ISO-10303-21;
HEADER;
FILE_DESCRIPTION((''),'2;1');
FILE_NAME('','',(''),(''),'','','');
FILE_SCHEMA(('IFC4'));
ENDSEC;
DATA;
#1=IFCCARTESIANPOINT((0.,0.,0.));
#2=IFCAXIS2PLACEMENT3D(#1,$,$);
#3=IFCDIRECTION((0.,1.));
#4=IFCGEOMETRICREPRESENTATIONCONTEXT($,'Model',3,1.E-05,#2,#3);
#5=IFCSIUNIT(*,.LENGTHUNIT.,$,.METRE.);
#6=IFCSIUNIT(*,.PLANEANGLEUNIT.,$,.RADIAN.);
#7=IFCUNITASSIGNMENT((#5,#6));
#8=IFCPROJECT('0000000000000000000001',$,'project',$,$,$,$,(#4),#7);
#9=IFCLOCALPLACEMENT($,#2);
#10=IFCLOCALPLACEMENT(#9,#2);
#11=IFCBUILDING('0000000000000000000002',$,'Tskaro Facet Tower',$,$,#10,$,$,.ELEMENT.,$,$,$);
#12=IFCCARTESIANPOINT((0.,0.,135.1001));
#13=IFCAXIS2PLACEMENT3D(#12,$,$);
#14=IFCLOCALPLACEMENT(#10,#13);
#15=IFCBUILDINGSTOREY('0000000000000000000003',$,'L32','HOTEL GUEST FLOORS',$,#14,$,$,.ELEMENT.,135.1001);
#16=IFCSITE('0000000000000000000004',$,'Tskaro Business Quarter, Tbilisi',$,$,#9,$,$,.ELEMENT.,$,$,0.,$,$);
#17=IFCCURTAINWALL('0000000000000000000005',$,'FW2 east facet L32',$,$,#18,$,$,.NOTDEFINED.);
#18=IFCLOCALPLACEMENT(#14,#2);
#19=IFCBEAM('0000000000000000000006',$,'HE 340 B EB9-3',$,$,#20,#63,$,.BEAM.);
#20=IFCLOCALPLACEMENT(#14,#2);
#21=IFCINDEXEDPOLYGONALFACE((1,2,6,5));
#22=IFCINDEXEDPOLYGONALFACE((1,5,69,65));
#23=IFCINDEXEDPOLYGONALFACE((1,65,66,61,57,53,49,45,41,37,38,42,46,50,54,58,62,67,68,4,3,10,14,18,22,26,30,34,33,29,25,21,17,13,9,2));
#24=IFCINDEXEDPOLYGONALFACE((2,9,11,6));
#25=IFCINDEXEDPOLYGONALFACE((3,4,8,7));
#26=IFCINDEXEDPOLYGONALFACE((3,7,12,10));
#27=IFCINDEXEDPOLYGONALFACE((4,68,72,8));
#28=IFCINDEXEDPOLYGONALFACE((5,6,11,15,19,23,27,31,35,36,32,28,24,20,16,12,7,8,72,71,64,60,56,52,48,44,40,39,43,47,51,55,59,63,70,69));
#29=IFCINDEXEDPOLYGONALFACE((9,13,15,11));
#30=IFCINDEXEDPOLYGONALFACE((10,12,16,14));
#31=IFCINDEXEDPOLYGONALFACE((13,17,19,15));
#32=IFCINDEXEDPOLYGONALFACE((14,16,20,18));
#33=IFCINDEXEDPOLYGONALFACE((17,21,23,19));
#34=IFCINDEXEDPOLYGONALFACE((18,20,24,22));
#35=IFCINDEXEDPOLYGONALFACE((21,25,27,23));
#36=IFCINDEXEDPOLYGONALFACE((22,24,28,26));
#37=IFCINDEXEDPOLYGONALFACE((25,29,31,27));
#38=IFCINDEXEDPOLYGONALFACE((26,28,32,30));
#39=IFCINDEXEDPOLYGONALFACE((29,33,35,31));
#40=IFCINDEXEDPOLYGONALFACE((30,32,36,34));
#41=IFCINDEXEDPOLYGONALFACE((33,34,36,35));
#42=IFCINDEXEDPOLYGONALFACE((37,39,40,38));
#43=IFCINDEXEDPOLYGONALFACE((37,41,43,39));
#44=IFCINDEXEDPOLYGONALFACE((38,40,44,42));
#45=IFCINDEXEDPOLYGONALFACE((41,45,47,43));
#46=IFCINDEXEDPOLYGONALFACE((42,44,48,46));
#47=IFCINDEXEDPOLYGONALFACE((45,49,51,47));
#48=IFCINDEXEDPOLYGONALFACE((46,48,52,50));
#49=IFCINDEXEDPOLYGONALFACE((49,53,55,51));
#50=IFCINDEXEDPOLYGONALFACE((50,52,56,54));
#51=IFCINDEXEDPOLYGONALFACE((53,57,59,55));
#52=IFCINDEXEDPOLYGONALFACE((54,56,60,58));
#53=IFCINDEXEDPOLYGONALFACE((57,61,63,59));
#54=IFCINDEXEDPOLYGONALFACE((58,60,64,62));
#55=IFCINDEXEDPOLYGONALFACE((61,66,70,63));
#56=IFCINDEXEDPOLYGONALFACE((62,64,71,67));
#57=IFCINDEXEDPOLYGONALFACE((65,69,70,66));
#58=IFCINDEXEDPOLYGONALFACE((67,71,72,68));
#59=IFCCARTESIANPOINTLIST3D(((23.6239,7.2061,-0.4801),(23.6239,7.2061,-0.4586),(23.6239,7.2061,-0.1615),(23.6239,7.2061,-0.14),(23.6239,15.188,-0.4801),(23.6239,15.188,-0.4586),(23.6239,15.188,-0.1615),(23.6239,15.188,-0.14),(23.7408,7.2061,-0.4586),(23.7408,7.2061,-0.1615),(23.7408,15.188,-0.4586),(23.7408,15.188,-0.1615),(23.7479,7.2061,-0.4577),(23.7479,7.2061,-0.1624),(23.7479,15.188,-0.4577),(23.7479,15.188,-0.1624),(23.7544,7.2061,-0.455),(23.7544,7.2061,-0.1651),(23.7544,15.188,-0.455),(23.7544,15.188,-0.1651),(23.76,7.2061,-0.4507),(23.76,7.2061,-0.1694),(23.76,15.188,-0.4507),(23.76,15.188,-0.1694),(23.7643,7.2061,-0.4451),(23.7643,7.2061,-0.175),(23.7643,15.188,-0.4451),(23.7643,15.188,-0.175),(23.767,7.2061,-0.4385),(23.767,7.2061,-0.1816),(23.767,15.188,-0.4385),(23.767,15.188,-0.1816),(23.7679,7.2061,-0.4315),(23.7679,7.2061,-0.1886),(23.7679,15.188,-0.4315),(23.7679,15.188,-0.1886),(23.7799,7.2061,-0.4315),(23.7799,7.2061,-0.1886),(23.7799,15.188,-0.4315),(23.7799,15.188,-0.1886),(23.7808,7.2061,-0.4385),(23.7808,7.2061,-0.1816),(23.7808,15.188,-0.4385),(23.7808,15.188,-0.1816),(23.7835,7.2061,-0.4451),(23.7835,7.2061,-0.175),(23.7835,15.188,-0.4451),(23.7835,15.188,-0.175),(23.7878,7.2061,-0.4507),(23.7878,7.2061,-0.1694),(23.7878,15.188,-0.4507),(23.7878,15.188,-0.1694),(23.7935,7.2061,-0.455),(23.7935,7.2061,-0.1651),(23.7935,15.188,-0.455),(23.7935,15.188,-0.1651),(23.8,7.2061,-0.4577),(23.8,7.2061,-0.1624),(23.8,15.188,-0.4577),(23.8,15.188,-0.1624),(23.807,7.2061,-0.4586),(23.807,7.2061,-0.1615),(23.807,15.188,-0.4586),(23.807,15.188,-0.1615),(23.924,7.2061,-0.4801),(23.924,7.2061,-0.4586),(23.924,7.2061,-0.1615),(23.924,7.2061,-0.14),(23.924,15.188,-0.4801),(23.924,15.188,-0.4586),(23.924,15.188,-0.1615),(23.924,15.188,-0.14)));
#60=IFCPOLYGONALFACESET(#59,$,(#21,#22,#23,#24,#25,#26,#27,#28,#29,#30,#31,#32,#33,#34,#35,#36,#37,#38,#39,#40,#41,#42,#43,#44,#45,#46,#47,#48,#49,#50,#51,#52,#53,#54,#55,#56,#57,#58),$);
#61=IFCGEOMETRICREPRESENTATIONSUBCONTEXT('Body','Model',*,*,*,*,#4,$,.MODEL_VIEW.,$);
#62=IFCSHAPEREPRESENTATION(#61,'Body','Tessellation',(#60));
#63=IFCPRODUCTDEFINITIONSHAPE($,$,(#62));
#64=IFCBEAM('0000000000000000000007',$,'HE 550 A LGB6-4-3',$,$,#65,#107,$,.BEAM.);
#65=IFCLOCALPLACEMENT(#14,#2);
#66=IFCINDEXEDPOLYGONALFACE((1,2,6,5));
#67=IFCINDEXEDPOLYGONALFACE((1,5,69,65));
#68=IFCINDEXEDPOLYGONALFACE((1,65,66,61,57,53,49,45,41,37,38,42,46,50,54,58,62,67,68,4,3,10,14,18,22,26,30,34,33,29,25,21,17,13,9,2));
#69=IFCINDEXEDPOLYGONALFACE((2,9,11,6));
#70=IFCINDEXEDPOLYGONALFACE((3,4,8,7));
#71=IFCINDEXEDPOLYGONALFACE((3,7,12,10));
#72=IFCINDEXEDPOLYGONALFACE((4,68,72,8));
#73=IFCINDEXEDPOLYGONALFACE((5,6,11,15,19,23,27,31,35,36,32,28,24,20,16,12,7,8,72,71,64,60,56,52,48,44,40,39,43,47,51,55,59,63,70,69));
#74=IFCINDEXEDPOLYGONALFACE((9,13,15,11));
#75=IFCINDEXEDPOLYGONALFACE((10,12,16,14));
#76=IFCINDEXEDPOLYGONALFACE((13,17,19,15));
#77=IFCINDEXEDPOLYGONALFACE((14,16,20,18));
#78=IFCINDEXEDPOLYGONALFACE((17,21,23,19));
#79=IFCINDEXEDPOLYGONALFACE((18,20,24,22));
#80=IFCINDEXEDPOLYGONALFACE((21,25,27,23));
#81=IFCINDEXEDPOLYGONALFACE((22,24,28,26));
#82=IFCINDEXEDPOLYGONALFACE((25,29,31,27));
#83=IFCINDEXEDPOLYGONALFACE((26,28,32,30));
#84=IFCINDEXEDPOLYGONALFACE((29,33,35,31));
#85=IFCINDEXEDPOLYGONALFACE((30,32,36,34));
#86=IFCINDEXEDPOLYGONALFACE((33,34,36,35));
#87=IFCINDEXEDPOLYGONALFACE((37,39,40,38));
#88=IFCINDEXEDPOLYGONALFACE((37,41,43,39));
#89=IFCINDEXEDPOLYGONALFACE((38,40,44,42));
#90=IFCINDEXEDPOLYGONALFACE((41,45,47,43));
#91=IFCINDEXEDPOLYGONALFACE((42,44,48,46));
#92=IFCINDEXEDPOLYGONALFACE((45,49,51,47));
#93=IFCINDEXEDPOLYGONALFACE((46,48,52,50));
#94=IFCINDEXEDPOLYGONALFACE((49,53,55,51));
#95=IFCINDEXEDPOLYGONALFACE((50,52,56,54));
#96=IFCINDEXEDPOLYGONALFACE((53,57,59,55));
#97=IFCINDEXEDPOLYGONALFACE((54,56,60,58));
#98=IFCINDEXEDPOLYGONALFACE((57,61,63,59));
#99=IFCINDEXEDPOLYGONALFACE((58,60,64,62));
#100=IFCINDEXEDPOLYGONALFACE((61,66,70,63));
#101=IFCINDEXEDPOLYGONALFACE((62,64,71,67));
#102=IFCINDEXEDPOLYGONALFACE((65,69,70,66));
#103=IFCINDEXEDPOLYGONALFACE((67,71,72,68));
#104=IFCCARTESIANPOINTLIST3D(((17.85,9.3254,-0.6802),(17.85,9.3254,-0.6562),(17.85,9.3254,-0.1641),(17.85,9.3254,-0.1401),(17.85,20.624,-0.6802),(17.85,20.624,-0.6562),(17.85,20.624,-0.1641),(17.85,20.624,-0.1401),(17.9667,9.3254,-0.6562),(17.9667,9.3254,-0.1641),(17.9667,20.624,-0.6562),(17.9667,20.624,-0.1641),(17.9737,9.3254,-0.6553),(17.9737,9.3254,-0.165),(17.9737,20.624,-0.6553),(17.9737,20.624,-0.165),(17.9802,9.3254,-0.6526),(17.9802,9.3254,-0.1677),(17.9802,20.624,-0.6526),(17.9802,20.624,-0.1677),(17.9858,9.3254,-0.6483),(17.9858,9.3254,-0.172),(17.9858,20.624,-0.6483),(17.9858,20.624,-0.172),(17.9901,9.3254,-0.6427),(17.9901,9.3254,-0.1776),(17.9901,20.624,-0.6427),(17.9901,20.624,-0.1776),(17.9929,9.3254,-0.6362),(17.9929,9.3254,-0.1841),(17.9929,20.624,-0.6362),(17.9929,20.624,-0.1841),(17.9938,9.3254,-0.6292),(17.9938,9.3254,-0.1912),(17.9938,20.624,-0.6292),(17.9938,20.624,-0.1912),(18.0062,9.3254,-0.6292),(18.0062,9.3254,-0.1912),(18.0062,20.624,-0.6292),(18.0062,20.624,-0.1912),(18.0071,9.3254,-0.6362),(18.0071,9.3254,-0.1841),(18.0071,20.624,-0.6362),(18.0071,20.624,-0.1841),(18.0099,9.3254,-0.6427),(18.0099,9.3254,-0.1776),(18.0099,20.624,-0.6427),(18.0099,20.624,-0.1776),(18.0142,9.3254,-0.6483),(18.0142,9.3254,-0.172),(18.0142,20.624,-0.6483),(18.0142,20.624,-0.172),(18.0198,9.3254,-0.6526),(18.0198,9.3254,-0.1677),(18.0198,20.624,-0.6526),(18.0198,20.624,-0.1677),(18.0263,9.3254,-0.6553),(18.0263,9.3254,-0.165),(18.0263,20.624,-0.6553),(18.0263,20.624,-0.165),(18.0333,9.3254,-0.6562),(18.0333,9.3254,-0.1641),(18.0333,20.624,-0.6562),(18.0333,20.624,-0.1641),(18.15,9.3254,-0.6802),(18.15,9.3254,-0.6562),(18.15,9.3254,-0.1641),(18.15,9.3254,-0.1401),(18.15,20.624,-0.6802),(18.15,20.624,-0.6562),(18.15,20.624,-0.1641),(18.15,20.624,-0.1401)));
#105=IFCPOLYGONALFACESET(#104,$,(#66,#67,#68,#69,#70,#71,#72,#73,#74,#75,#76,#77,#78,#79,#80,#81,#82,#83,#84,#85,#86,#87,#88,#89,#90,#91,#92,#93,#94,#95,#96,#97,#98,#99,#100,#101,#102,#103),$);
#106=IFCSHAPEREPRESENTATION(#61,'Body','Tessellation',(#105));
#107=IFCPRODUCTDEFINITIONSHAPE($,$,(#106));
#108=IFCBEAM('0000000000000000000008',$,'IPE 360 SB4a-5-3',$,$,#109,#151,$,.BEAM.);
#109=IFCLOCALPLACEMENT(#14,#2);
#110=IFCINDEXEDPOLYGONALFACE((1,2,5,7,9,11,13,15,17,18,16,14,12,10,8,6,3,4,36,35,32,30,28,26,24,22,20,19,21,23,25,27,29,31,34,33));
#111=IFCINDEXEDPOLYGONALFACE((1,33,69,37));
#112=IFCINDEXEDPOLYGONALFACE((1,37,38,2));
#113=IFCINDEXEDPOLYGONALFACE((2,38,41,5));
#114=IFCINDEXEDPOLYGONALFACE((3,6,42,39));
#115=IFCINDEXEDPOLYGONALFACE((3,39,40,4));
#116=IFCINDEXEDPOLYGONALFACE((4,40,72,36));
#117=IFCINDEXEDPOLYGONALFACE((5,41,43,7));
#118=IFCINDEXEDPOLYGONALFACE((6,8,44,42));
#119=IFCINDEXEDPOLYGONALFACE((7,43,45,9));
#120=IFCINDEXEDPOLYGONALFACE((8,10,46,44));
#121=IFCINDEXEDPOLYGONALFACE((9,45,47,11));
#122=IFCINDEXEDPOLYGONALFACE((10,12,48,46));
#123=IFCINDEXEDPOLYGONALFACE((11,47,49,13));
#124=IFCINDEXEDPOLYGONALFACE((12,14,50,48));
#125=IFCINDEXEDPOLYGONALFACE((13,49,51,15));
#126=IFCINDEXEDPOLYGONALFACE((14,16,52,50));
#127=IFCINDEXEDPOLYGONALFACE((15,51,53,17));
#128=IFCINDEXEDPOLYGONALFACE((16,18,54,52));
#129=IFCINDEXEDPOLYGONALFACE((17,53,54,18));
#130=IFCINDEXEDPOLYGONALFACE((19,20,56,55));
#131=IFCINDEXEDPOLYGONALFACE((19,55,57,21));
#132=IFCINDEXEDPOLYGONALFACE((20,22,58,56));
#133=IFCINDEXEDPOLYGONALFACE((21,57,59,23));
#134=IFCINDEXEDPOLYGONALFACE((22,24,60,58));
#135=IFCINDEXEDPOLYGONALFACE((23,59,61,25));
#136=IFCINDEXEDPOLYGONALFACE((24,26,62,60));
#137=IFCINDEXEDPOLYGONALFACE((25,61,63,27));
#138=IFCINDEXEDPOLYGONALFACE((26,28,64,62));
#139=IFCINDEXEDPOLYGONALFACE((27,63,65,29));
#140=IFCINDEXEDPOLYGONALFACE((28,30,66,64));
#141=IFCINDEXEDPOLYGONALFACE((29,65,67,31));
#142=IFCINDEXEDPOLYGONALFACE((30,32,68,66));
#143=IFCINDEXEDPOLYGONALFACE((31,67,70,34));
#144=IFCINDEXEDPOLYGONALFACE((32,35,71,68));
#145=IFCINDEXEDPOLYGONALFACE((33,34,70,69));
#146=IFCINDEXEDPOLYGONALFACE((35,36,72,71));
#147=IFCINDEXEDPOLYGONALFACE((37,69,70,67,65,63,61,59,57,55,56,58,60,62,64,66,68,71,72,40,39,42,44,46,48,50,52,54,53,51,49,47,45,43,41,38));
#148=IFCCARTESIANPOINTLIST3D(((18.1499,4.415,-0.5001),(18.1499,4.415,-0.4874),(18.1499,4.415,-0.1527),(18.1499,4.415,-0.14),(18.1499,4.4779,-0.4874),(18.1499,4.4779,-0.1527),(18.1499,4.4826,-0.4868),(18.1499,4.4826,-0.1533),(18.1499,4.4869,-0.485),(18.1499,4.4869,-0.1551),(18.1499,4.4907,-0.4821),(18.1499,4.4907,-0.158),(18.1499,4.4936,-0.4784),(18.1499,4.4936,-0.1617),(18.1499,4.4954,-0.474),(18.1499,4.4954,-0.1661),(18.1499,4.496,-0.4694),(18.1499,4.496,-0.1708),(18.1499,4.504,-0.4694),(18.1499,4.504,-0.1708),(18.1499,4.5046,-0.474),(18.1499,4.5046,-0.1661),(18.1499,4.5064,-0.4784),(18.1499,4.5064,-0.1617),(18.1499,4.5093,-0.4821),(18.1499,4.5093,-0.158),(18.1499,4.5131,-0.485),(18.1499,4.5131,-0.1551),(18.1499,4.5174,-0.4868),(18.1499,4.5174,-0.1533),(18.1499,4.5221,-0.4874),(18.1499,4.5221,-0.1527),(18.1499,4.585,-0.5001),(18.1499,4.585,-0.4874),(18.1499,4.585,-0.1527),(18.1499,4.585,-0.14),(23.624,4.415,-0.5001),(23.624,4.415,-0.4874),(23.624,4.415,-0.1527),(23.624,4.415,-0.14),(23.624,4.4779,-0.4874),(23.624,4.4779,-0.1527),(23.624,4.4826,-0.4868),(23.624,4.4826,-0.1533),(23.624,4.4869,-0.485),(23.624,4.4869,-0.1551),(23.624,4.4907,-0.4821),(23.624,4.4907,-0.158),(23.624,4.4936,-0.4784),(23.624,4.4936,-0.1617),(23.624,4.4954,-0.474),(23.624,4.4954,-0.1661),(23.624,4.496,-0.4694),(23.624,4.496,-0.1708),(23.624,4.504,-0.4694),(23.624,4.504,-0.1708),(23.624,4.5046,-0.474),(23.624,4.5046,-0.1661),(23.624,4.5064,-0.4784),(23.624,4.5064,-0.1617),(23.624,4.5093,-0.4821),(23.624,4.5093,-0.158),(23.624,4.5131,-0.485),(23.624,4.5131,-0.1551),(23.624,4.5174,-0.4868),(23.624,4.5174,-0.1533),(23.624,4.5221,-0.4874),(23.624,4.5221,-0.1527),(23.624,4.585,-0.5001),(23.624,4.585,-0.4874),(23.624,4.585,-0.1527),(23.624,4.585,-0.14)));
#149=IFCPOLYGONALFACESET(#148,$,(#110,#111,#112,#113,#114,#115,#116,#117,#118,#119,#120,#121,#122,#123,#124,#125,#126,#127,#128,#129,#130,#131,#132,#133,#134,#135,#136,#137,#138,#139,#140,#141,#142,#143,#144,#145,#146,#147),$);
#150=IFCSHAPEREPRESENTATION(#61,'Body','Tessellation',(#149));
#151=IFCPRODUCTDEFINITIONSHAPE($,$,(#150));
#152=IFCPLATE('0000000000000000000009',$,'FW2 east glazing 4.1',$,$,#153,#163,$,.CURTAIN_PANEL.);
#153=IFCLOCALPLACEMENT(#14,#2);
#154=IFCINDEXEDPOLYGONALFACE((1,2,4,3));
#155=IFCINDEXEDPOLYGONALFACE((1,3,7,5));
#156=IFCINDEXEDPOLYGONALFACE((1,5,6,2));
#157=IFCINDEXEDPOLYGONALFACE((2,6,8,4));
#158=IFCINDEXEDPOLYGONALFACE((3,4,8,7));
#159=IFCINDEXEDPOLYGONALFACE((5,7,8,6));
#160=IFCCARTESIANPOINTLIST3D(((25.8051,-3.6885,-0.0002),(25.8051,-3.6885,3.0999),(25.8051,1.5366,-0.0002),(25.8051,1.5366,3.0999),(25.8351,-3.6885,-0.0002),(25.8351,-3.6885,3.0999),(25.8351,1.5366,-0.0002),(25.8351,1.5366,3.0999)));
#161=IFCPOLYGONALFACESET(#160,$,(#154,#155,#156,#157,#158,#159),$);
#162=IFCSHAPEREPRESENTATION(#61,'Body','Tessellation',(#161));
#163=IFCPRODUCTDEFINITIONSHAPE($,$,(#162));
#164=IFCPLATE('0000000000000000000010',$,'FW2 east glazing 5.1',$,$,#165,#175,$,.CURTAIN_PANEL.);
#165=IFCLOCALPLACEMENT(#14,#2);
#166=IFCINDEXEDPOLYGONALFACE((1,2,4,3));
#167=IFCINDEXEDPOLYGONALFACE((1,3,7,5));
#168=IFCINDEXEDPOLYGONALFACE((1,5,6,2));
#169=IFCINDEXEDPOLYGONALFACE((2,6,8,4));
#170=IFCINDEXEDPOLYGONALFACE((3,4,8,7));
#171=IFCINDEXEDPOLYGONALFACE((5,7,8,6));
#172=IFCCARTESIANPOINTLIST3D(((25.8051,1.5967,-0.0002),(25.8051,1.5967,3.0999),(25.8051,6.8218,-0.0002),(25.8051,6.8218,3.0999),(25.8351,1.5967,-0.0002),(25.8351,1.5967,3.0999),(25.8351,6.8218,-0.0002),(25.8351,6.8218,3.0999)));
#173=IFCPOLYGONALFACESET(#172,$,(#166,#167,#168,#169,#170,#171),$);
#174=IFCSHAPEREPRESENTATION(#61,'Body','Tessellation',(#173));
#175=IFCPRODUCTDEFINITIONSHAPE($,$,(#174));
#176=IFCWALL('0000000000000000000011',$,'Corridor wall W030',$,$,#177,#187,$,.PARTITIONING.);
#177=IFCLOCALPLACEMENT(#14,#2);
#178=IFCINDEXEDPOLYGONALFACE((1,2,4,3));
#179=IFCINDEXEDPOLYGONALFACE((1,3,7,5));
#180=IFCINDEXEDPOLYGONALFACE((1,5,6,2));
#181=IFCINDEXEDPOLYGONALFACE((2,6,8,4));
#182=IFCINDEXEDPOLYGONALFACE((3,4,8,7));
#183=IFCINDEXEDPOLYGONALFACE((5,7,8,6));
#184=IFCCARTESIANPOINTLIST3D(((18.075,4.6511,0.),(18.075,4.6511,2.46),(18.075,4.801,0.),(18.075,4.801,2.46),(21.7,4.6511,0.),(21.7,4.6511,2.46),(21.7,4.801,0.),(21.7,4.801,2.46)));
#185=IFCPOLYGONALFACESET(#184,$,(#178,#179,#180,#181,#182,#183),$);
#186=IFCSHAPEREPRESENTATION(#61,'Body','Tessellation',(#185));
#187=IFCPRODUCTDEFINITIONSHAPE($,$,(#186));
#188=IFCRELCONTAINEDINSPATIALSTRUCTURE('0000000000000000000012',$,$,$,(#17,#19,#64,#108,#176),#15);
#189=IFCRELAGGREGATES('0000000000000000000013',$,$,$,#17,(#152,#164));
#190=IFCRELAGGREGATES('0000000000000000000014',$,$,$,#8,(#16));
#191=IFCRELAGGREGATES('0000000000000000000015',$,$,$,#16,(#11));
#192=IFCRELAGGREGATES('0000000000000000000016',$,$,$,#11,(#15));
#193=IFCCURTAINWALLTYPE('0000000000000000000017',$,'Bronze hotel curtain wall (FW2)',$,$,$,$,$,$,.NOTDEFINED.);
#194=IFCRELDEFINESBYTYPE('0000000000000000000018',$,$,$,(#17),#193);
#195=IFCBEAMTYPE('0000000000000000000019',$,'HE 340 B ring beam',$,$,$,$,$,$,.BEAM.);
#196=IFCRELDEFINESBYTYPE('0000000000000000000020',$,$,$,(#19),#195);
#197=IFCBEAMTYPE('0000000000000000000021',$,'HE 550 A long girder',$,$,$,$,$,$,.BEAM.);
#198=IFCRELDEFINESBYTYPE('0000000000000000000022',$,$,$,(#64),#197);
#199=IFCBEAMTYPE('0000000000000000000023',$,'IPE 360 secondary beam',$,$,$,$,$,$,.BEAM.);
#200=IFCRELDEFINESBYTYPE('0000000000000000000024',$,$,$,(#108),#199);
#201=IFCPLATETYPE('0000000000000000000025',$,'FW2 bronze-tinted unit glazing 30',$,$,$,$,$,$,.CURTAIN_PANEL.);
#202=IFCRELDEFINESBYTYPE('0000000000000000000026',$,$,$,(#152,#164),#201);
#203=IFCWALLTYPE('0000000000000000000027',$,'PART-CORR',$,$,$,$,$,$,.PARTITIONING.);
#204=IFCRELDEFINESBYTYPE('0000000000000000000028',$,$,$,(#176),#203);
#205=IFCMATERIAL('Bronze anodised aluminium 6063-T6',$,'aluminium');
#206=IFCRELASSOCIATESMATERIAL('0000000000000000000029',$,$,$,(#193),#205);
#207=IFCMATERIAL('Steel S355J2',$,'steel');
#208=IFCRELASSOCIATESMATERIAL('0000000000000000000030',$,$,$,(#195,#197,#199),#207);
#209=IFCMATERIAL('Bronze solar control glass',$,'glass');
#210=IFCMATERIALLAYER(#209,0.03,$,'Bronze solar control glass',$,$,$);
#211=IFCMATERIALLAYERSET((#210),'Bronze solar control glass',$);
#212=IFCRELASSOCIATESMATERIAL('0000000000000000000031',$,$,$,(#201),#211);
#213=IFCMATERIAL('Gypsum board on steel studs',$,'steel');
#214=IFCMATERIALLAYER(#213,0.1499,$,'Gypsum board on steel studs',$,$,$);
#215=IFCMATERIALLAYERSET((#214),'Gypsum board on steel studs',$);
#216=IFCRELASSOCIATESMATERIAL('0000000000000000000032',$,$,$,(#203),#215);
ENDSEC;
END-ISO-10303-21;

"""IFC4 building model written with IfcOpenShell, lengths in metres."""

from ifc_helpers import new_model, si_unit, direction, frame, frame_2d, origin, origin_2d, place, context, subcontext, project, spatial, rectangle, i_section, extrude, material, layer, layer_set, material_profile, profile_set, type_object, element, aggregate, save


model = new_model("IFC4")

# Units and contexts
model_context = context("Model", 3, precision=1e-05, world=origin(), true_north=direction((0.0, 1.0)))
body_context = subcontext(model_context, "Body", "Model", "MODEL_VIEW")
ifc_project = project(units=[si_unit("LENGTHUNIT", "METRE"), si_unit("PLANEANGLEUNIT", "RADIAN")], contexts=[model_context])

# Site, building, storey
site_placement = place(None, origin())
site = spatial("IfcSite", under=ifc_project, at=site_placement, Name="Tskaro Business Quarter, Tbilisi", CompositionType="ELEMENT", RefElevation=0.0)
building_placement = place(site_placement, origin())
building = spatial("IfcBuilding", under=site, at=building_placement, Name="Tskaro Facet Tower", CompositionType="ELEMENT")
storey_placement = place(building_placement, frame((0.0, 0.0, 135.1001)))
storey = spatial("IfcBuildingStorey", under=building, at=storey_placement, Name="L32", Description="HOTEL GUEST FLOORS", CompositionType="ELEMENT", Elevation=135.1001)

# Curtain wall
ifc_material_1 = material(Name="Bronze anodised aluminium 6063-T6", Category="aluminium")
curtain_wall_type = type_object("IfcCurtainWallType", Name="Bronze hotel curtain wall (FW2)", PredefinedType="NOTDEFINED", material=ifc_material_1)
curtain_wall_placement = place(storey_placement, origin())
curtain_wall = element("IfcCurtainWall", 1, at=curtain_wall_placement, inside=storey, type_object=curtain_wall_type, Name="FW2 east facet L32", PredefinedType="NOTDEFINED")

# Beams
ifc_material_2 = material(Name="Steel S355J2", Category="steel")
ifc_material_profile_1 = material_profile(ifc_material_2, i_section(OverallWidth=0.3, OverallDepth=0.3401, WebThickness=0.012, FlangeThickness=0.0215, FilletRadius=0.0271, at=origin_2d()), Name="HE 340 B")
ifc_profile_set_1 = profile_set([ifc_material_profile_1], Name="Steel S355J2")
beam_type_1 = type_object("IfcBeamType", Name="HE 340 B ring beam", PredefinedType="BEAM", material=ifc_profile_set_1)
for number, where, z_axis, x_axis, name in (
    (2, (23.7739, 7.2061, -0.3101), (0.0, 1.0, 0.0), (-1.0, 0.0, 0.0), "HE 340 B EB9-3"),
):
    element("IfcBeam", number, at=place(storey_placement, frame(where, z_axis=z_axis, x_axis=x_axis)), inside=storey, type_object=beam_type_1, Name=name, PredefinedType="BEAM", context=body_context, shape_type="SweptSolid", body=[
        extrude(i_section(OverallWidth=0.3, OverallDepth=0.3401, WebThickness=0.012, FlangeThickness=0.0215, FilletRadius=0.0271, at=origin_2d()), origin(), (0.0, 0.0, 1.0), 7.9819),
    ])
ifc_material_profile_2 = material_profile(ifc_material_2, i_section(OverallWidth=0.3, OverallDepth=0.54, WebThickness=0.0125, FlangeThickness=0.0239, FilletRadius=0.0271, at=origin_2d()), Name="HE 550 A")
ifc_profile_set_2 = profile_set([ifc_material_profile_2], Name="Steel S355J2")
beam_type_2 = type_object("IfcBeamType", Name="HE 550 A long girder", PredefinedType="BEAM", material=ifc_profile_set_2)
beam_1_placement = place(storey_placement, frame((18.0, 9.3254, -0.4102), z_axis=(0.0, 1.0, 0.0), x_axis=(-1.0, 0.0, 0.0)))
element("IfcBeam", 3, at=beam_1_placement, inside=storey, type_object=beam_type_2, Name="HE 550 A LGB6-4-3", PredefinedType="BEAM", context=body_context, shape_type="SweptSolid", body=[
    extrude(i_section(OverallWidth=0.3, OverallDepth=0.54, WebThickness=0.0125, FlangeThickness=0.0239, FilletRadius=0.0271, at=origin_2d()), origin(), (0.0, 0.0, 1.0), 11.2986),
])
ifc_material_profile_3 = material_profile(ifc_material_2, i_section(OverallWidth=0.1699, OverallDepth=0.3601, WebThickness=0.0081, FlangeThickness=0.0127, FilletRadius=0.0181, at=origin_2d()), Name="IPE 360")
ifc_profile_set_3 = profile_set([ifc_material_profile_3], Name="Steel S355J2")
beam_type_3 = type_object("IfcBeamType", Name="IPE 360 secondary beam", PredefinedType="BEAM", material=ifc_profile_set_3)
beam_2_placement = place(storey_placement, frame((18.1499, 4.5, -0.3201), z_axis=(1.0, 0.0, 0.0), x_axis=(0.0, 1.0, 0.0)))
element("IfcBeam", 4, at=beam_2_placement, inside=storey, type_object=beam_type_3, Name="IPE 360 SB4a-5-3", PredefinedType="BEAM", context=body_context, shape_type="SweptSolid", body=[
    extrude(i_section(OverallWidth=0.1699, OverallDepth=0.3601, WebThickness=0.0081, FlangeThickness=0.0127, FilletRadius=0.0181, at=origin_2d()), origin(), (0.0, 0.0, 1.0), 5.4741),
])

# Plates
ifc_material_3 = material(Name="Bronze solar control glass", Category="glass")
ifc_layer_1 = layer(ifc_material_3, 0.03, Name="Bronze solar control glass")
ifc_layer_set_1 = layer_set([ifc_layer_1], Name="Bronze solar control glass")
plate_type = type_object("IfcPlateType", Name="FW2 bronze-tinted unit glazing 30", PredefinedType="CURTAIN_PANEL", material=ifc_layer_set_1)
plate_1_placement = place(storey_placement, frame((25.8201, -1.0759, -0.0002), z_axis=(0.0, 0.0, 1.0), x_axis=(0.0, 1.0, 0.0)))
plate_1 = element("IfcPlate", 5, at=plate_1_placement, type_object=plate_type, Name="FW2 east glazing 4.1", PredefinedType="CURTAIN_PANEL", context=body_context, shape_type="SweptSolid", body=[
    extrude(rectangle(XDim=5.2251, YDim=0.03, at=origin_2d()), origin(), (0.0, 0.0, 1.0), 3.1001),
])
plate_2_placement = place(storey_placement, frame((25.8201, 4.2092, -0.0002), z_axis=(0.0, 0.0, 1.0), x_axis=(0.0, 1.0, 0.0)))
plate_2 = element("IfcPlate", 6, at=plate_2_placement, type_object=plate_type, Name="FW2 east glazing 5.1", PredefinedType="CURTAIN_PANEL", context=body_context, shape_type="SweptSolid", body=[
    extrude(rectangle(XDim=5.2251, YDim=0.03, at=origin_2d()), origin(), (0.0, 0.0, 1.0), 3.1001),
])
aggregate(curtain_wall, [plate_1, plate_2])

# Wall
ifc_material_4 = material(Name="Gypsum board on steel studs", Category="steel")
ifc_layer_2 = layer(ifc_material_4, 0.1499, Name="Gypsum board on steel studs")
ifc_layer_set_2 = layer_set([ifc_layer_2], Name="Gypsum board on steel studs")
wall_type_1 = type_object("IfcWallType", Name="PART-CORR", PredefinedType="PARTITIONING", material=ifc_layer_set_2)
for number, where, z_axis, x_axis, name in (
    (7, (18.075, 4.7261, 0.0), (0.0, 0.0, 1.0), (1.0, 0.0, 0.0), "Corridor wall W030"),
):
    element("IfcWall", number, at=place(storey_placement, frame(where, z_axis=z_axis, x_axis=x_axis)), inside=storey, type_object=wall_type_1, Name=name, PredefinedType="PARTITIONING", context=body_context, shape_type="SweptSolid", body=[
        extrude(rectangle(XDim=3.625, YDim=0.1499, at=frame_2d((1.8125, 0.0))), origin(), (0.0, 0.0, 1.0), 2.46),
    ])

save(model, "model.ifc")
